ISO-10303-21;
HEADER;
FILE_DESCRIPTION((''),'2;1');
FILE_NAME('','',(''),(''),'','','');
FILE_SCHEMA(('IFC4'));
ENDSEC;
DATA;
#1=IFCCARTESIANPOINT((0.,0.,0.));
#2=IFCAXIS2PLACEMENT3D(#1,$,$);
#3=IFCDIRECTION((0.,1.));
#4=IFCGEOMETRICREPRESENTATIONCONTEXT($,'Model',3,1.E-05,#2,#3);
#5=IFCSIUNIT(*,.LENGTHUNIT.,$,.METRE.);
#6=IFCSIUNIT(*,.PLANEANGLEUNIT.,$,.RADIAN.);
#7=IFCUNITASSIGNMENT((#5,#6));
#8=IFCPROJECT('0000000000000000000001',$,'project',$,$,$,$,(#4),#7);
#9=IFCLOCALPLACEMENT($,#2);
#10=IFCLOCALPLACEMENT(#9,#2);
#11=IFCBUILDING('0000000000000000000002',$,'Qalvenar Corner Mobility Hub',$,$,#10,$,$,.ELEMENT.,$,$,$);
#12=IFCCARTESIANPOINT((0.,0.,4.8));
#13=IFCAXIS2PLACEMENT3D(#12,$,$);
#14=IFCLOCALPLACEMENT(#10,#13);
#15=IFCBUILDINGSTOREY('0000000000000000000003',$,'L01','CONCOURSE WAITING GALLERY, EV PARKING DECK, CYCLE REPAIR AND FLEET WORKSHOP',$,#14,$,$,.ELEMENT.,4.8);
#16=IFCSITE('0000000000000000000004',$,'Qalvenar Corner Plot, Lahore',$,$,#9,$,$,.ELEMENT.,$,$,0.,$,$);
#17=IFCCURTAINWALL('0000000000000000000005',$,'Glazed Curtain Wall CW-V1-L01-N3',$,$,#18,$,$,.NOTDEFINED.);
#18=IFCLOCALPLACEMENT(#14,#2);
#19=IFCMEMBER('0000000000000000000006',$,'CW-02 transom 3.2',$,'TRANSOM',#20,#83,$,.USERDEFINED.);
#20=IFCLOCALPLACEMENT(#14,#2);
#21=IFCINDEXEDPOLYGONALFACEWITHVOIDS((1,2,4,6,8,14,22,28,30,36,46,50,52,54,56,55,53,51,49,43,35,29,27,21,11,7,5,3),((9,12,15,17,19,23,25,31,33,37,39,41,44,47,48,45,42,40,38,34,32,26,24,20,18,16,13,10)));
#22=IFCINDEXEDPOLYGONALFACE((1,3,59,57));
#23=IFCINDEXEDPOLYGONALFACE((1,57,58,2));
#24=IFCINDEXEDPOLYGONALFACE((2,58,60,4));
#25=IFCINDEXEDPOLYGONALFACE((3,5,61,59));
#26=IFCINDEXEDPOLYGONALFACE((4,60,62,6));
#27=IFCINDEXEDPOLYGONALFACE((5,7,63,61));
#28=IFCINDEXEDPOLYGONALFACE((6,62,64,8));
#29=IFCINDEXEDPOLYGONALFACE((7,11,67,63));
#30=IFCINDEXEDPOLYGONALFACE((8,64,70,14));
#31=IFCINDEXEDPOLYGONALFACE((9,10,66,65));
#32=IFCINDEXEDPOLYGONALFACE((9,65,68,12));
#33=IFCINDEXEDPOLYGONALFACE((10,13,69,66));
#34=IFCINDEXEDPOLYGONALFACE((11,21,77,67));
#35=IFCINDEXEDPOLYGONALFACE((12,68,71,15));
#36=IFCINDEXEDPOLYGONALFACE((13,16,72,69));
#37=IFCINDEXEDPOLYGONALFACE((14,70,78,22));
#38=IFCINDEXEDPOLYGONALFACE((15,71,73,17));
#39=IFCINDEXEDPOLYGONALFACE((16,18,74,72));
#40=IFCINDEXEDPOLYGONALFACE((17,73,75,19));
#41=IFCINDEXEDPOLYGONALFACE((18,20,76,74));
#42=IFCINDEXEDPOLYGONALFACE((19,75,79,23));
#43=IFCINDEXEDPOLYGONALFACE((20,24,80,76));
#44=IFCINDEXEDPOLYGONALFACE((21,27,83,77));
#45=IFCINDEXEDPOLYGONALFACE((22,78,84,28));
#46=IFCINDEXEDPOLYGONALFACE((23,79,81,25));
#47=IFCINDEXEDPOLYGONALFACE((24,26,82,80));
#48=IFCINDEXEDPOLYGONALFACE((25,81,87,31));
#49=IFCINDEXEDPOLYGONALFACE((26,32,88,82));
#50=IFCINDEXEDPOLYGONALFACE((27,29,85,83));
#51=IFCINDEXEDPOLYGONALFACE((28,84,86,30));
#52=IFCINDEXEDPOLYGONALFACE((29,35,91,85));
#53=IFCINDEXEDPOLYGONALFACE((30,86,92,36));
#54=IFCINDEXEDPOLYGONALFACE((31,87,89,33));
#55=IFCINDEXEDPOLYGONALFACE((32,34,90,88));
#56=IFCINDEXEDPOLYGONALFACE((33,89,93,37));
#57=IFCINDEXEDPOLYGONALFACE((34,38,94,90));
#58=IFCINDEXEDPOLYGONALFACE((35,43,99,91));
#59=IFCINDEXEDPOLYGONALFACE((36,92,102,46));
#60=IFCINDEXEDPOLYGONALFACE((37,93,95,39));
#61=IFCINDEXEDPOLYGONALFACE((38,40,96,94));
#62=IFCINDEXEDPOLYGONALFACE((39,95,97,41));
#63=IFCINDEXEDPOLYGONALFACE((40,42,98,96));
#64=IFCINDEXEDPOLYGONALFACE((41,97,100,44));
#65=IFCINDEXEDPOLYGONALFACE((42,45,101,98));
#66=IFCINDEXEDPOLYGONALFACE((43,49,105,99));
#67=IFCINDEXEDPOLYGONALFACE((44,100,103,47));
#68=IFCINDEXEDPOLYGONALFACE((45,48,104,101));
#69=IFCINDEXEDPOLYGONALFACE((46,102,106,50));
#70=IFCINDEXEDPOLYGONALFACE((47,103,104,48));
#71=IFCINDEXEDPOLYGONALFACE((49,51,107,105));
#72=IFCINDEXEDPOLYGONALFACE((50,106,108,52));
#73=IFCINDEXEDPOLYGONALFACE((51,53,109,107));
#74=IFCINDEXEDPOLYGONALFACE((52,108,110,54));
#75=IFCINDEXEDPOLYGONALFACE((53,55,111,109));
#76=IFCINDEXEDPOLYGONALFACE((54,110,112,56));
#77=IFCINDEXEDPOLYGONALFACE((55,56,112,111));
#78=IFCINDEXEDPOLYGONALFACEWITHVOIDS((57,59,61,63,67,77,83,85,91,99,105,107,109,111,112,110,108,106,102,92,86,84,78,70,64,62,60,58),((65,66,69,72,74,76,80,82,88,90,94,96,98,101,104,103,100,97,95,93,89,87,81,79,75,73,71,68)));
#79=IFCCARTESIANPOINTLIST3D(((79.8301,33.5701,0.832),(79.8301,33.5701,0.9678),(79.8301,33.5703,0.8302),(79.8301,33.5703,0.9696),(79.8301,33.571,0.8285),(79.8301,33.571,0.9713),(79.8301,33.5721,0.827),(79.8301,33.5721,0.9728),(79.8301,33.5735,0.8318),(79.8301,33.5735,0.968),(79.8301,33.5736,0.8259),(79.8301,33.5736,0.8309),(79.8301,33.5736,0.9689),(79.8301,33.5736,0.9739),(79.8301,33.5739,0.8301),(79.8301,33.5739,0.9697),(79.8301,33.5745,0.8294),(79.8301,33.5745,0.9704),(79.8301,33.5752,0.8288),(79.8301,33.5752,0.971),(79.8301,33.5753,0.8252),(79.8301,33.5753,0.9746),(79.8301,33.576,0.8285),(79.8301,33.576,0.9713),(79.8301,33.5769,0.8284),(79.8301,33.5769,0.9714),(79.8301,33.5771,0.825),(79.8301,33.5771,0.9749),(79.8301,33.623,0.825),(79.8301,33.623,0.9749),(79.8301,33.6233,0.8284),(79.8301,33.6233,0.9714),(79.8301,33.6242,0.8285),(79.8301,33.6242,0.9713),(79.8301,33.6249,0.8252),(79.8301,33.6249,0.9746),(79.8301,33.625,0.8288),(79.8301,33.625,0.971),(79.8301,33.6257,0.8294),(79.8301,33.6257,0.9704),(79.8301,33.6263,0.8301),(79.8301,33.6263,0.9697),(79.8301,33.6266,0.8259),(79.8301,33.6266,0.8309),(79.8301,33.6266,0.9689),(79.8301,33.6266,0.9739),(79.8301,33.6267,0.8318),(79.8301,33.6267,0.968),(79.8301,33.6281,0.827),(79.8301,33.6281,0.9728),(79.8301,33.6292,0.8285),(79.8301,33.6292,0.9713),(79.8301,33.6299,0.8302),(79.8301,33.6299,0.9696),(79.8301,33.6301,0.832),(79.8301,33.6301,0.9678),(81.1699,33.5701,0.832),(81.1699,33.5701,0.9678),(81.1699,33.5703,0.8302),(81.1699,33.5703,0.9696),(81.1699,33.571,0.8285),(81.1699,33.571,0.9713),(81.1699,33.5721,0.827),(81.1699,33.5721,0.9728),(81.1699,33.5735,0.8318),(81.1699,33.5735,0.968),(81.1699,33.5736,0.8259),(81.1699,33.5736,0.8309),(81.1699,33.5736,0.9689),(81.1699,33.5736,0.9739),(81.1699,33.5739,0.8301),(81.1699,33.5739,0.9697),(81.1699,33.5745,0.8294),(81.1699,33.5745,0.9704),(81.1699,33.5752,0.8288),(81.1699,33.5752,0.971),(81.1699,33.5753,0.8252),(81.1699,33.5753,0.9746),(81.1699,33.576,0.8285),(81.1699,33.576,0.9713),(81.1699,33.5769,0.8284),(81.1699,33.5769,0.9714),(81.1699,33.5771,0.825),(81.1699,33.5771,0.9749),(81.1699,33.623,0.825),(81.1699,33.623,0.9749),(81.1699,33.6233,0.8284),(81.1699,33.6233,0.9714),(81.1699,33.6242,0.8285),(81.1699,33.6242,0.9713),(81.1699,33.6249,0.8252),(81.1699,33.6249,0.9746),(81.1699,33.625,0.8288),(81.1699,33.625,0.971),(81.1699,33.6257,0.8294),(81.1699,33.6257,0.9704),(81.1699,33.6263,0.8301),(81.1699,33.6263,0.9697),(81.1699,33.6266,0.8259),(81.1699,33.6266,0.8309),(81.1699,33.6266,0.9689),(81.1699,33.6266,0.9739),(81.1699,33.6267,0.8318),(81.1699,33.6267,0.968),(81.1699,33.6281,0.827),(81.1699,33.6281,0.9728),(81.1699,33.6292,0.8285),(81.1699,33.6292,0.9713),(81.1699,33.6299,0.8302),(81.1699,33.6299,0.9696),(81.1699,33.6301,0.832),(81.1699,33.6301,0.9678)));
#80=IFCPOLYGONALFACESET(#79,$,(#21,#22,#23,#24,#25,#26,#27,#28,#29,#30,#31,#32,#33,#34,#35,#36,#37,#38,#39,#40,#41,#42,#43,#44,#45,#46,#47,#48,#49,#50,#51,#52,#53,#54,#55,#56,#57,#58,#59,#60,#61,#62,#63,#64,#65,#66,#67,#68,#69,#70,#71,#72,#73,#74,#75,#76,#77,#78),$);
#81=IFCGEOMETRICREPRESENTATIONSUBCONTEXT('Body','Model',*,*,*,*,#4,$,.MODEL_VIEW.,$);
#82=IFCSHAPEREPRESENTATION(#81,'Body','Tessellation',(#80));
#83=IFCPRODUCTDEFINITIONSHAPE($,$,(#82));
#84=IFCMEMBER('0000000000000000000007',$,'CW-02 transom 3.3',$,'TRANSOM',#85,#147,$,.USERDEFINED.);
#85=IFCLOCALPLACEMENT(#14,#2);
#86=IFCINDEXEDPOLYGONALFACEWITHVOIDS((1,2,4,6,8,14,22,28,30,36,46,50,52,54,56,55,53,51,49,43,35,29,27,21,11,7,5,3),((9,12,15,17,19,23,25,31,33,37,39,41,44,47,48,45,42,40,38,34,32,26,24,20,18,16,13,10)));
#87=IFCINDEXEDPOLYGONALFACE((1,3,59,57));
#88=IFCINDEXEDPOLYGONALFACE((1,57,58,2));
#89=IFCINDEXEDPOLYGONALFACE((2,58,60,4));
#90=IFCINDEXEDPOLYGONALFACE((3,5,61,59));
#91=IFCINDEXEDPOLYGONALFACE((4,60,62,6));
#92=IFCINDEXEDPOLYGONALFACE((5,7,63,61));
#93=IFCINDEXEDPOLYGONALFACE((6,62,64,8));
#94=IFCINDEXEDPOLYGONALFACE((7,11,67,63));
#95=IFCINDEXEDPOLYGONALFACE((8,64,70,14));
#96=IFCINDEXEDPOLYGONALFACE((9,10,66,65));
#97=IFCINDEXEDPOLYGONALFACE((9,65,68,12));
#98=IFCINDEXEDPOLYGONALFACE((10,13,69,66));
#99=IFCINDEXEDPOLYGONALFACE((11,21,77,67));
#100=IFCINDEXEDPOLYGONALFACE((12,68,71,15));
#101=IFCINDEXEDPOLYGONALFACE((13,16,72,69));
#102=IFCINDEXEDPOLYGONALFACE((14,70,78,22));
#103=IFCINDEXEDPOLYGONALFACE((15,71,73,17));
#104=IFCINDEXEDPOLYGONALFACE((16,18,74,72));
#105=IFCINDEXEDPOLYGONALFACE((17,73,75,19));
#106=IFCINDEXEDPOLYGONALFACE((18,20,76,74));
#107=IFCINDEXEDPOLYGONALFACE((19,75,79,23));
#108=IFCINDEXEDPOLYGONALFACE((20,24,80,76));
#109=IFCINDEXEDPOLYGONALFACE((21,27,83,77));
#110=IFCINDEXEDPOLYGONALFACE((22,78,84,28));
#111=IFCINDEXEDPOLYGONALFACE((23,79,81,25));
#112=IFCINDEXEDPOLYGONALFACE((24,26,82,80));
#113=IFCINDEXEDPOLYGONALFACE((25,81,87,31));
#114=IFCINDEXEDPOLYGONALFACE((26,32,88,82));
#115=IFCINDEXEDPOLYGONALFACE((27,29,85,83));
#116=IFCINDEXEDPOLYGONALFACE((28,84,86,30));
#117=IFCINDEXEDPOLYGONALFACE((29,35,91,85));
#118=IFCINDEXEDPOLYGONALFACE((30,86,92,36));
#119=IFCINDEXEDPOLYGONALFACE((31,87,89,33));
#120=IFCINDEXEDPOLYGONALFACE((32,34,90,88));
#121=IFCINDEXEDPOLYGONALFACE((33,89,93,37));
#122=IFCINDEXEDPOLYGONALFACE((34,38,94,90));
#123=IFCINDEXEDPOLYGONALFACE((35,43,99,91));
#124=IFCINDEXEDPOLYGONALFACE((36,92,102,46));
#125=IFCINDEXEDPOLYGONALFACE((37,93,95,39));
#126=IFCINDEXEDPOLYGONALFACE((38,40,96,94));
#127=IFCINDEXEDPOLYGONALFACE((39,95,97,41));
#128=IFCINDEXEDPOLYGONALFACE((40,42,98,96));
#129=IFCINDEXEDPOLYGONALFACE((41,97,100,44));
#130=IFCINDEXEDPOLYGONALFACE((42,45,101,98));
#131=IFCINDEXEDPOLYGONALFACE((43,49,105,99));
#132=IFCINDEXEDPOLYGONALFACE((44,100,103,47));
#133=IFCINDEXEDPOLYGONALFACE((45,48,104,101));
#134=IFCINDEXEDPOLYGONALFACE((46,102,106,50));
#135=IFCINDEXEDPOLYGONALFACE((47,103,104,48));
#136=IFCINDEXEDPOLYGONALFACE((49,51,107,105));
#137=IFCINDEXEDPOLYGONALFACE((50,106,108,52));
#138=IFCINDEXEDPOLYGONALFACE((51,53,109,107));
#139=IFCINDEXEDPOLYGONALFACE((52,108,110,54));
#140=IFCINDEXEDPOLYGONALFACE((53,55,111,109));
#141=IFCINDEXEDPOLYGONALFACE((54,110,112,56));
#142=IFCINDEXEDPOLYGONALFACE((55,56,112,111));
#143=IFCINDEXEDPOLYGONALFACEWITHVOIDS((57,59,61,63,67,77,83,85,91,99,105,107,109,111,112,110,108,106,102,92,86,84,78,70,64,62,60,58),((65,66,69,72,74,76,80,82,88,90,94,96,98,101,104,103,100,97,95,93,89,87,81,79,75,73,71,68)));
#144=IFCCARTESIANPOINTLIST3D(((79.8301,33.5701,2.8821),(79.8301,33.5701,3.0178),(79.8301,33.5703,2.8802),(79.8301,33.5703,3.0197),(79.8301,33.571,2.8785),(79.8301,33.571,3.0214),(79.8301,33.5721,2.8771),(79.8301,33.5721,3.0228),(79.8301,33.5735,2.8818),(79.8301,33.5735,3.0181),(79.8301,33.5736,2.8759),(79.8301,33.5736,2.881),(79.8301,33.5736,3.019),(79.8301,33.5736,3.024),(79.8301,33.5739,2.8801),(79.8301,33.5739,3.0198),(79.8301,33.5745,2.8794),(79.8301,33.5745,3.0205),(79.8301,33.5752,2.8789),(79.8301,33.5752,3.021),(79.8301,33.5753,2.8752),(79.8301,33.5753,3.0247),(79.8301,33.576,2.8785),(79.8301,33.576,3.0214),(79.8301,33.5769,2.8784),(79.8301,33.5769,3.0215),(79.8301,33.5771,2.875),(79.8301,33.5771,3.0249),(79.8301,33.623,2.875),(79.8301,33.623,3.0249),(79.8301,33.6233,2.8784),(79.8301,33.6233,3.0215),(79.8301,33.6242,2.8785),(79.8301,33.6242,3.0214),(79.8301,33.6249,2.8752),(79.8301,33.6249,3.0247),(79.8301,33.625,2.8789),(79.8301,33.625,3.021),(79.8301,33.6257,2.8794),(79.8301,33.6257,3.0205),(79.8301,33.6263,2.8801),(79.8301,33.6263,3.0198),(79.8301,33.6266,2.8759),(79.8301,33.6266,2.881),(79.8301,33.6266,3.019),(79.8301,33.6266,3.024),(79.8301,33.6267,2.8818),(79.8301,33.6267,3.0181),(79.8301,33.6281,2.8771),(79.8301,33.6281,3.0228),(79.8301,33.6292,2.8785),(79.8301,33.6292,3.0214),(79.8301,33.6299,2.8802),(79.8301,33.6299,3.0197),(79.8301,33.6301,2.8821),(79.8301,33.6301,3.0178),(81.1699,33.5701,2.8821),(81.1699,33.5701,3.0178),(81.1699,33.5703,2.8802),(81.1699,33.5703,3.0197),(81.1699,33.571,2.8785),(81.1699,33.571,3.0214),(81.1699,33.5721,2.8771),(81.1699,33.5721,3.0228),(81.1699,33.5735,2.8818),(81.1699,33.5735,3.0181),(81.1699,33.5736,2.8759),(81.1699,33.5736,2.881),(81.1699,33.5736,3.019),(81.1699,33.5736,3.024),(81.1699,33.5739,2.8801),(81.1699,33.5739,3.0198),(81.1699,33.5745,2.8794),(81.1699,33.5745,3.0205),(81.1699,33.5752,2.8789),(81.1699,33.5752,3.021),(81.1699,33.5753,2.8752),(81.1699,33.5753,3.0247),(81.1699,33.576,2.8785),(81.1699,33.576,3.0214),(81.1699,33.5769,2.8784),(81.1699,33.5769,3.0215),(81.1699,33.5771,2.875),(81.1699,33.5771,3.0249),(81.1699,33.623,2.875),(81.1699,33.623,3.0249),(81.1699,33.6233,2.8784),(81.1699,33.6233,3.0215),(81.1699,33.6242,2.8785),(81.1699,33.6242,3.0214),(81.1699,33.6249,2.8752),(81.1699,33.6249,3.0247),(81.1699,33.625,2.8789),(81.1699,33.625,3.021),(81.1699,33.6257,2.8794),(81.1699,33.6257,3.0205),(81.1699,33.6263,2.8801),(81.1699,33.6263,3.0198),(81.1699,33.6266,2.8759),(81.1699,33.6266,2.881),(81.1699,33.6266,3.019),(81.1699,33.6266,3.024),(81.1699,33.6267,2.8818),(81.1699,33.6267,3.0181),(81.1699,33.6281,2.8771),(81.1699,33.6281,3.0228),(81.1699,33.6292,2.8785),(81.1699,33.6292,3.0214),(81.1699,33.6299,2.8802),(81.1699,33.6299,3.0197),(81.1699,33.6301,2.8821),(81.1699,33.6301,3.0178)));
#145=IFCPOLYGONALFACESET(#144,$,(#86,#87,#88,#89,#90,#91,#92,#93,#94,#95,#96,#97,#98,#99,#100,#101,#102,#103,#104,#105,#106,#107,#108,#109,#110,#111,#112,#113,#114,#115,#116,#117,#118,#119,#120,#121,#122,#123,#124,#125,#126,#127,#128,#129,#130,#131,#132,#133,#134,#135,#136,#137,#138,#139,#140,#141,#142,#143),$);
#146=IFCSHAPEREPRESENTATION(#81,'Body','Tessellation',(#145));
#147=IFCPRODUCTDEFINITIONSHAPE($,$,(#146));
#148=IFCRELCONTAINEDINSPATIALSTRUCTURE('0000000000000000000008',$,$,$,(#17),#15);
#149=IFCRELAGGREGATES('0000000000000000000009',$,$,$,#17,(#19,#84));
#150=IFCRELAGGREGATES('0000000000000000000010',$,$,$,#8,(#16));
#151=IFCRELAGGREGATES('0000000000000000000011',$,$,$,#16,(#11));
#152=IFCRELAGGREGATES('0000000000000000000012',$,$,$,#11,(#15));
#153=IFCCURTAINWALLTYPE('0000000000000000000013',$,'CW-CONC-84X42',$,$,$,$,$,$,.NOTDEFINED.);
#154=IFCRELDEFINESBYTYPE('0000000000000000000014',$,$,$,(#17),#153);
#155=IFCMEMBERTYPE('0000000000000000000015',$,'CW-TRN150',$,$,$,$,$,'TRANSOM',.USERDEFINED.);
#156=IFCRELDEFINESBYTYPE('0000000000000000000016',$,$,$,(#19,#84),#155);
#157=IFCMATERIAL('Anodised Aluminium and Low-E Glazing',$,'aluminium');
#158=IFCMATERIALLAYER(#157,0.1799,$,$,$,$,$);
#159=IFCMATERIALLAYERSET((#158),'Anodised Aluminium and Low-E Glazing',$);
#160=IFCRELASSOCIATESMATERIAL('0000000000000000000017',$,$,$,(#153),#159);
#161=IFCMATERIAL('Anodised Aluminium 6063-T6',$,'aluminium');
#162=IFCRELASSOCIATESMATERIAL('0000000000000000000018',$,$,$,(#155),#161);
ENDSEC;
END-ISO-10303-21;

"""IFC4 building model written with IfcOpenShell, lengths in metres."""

from ifc_helpers import new_model, si_unit, direction, frame, origin, origin_2d, place, context, subcontext, project, spatial, hollow_rectangle, extrude, material, layer, layer_set, material_profile, profile_set, type_object, element, aggregate, save


model = new_model("IFC4")

# Units and contexts
model_context = context("Model", 3, precision=1e-05, world=origin(), true_north=direction((0.0, 1.0)))
body_context = subcontext(model_context, "Body", "Model", "MODEL_VIEW")
ifc_project = project(units=[si_unit("LENGTHUNIT", "METRE"), si_unit("PLANEANGLEUNIT", "RADIAN")], contexts=[model_context])

# Site, building, storey
site_placement = place(None, origin())
site = spatial("IfcSite", under=ifc_project, at=site_placement, Name="Qalvenar Corner Plot, Lahore", CompositionType="ELEMENT", RefElevation=0.0)
building_placement = place(site_placement, origin())
building = spatial("IfcBuilding", under=site, at=building_placement, Name="Qalvenar Corner Mobility Hub", CompositionType="ELEMENT")
storey_placement = place(building_placement, frame((0.0, 0.0, 4.8)))
storey = spatial("IfcBuildingStorey", under=building, at=storey_placement, Name="L01", Description="CONCOURSE WAITING GALLERY, EV PARKING DECK, CYCLE REPAIR AND FLEET WORKSHOP", CompositionType="ELEMENT", Elevation=4.8)

# Curtain wall, members
ifc_material_1 = material(Name="Anodised Aluminium and Low-E Glazing", Category="aluminium")
ifc_layer_1 = layer(ifc_material_1, 0.1799)
ifc_layer_set_1 = layer_set([ifc_layer_1], Name="Anodised Aluminium and Low-E Glazing")
curtain_wall_type = type_object("IfcCurtainWallType", Name="CW-CONC-84X42", PredefinedType="NOTDEFINED", material=ifc_layer_set_1)
curtain_wall_placement = place(storey_placement, origin())
curtain_wall = element("IfcCurtainWall", 1, at=curtain_wall_placement, inside=storey, type_object=curtain_wall_type, Name="Glazed Curtain Wall CW-V1-L01-N3", PredefinedType="NOTDEFINED")
ifc_material_2 = material(Name="Anodised Aluminium 6063-T6", Category="aluminium")
ifc_material_profile_1 = material_profile(ifc_material_2, hollow_rectangle(XDim=0.0601, YDim=0.1499, WallThickness=0.0034, InnerFilletRadius=0.0034, OuterFilletRadius=0.0071, at=origin_2d()), Name="RHS150x60x3.5")
ifc_profile_set_1 = profile_set([ifc_material_profile_1], Name="Anodised Aluminium 6063-T6")
member_type_1 = type_object("IfcMemberType", Name="CW-TRN150", ElementType="TRANSOM", PredefinedType="USERDEFINED", material=ifc_profile_set_1)
member_1_placement = place(storey_placement, frame((81.1699, 33.6001, 0.8999), z_axis=(-1.0, 0.0, 0.0), x_axis=(0.0, -1.0, 0.0)))
member_1 = element("IfcMember", 2, at=member_1_placement, type_object=member_type_1, Name="CW-02 transom 3.2", ObjectType="TRANSOM", PredefinedType="USERDEFINED", context=body_context, shape_type="SweptSolid", body=[
    extrude(hollow_rectangle(XDim=0.0601, YDim=0.1499, WallThickness=0.0034, InnerFilletRadius=0.0034, OuterFilletRadius=0.0071, at=origin_2d()), origin(), (0.0, 0.0, 1.0), 1.3398),
])
member_2_placement = place(storey_placement, frame((81.1699, 33.6001, 2.95), z_axis=(-1.0, 0.0, 0.0), x_axis=(0.0, -1.0, 0.0)))
member_2 = element("IfcMember", 3, at=member_2_placement, type_object=member_type_1, Name="CW-02 transom 3.3", ObjectType="TRANSOM", PredefinedType="USERDEFINED", context=body_context, shape_type="SweptSolid", body=[
    extrude(hollow_rectangle(XDim=0.0601, YDim=0.1499, WallThickness=0.0034, InnerFilletRadius=0.0034, OuterFilletRadius=0.0071, at=origin_2d()), origin(), (0.0, 0.0, 1.0), 1.3398),
])
aggregate(curtain_wall, [member_1, member_2])

save(model, "model.ifc")
